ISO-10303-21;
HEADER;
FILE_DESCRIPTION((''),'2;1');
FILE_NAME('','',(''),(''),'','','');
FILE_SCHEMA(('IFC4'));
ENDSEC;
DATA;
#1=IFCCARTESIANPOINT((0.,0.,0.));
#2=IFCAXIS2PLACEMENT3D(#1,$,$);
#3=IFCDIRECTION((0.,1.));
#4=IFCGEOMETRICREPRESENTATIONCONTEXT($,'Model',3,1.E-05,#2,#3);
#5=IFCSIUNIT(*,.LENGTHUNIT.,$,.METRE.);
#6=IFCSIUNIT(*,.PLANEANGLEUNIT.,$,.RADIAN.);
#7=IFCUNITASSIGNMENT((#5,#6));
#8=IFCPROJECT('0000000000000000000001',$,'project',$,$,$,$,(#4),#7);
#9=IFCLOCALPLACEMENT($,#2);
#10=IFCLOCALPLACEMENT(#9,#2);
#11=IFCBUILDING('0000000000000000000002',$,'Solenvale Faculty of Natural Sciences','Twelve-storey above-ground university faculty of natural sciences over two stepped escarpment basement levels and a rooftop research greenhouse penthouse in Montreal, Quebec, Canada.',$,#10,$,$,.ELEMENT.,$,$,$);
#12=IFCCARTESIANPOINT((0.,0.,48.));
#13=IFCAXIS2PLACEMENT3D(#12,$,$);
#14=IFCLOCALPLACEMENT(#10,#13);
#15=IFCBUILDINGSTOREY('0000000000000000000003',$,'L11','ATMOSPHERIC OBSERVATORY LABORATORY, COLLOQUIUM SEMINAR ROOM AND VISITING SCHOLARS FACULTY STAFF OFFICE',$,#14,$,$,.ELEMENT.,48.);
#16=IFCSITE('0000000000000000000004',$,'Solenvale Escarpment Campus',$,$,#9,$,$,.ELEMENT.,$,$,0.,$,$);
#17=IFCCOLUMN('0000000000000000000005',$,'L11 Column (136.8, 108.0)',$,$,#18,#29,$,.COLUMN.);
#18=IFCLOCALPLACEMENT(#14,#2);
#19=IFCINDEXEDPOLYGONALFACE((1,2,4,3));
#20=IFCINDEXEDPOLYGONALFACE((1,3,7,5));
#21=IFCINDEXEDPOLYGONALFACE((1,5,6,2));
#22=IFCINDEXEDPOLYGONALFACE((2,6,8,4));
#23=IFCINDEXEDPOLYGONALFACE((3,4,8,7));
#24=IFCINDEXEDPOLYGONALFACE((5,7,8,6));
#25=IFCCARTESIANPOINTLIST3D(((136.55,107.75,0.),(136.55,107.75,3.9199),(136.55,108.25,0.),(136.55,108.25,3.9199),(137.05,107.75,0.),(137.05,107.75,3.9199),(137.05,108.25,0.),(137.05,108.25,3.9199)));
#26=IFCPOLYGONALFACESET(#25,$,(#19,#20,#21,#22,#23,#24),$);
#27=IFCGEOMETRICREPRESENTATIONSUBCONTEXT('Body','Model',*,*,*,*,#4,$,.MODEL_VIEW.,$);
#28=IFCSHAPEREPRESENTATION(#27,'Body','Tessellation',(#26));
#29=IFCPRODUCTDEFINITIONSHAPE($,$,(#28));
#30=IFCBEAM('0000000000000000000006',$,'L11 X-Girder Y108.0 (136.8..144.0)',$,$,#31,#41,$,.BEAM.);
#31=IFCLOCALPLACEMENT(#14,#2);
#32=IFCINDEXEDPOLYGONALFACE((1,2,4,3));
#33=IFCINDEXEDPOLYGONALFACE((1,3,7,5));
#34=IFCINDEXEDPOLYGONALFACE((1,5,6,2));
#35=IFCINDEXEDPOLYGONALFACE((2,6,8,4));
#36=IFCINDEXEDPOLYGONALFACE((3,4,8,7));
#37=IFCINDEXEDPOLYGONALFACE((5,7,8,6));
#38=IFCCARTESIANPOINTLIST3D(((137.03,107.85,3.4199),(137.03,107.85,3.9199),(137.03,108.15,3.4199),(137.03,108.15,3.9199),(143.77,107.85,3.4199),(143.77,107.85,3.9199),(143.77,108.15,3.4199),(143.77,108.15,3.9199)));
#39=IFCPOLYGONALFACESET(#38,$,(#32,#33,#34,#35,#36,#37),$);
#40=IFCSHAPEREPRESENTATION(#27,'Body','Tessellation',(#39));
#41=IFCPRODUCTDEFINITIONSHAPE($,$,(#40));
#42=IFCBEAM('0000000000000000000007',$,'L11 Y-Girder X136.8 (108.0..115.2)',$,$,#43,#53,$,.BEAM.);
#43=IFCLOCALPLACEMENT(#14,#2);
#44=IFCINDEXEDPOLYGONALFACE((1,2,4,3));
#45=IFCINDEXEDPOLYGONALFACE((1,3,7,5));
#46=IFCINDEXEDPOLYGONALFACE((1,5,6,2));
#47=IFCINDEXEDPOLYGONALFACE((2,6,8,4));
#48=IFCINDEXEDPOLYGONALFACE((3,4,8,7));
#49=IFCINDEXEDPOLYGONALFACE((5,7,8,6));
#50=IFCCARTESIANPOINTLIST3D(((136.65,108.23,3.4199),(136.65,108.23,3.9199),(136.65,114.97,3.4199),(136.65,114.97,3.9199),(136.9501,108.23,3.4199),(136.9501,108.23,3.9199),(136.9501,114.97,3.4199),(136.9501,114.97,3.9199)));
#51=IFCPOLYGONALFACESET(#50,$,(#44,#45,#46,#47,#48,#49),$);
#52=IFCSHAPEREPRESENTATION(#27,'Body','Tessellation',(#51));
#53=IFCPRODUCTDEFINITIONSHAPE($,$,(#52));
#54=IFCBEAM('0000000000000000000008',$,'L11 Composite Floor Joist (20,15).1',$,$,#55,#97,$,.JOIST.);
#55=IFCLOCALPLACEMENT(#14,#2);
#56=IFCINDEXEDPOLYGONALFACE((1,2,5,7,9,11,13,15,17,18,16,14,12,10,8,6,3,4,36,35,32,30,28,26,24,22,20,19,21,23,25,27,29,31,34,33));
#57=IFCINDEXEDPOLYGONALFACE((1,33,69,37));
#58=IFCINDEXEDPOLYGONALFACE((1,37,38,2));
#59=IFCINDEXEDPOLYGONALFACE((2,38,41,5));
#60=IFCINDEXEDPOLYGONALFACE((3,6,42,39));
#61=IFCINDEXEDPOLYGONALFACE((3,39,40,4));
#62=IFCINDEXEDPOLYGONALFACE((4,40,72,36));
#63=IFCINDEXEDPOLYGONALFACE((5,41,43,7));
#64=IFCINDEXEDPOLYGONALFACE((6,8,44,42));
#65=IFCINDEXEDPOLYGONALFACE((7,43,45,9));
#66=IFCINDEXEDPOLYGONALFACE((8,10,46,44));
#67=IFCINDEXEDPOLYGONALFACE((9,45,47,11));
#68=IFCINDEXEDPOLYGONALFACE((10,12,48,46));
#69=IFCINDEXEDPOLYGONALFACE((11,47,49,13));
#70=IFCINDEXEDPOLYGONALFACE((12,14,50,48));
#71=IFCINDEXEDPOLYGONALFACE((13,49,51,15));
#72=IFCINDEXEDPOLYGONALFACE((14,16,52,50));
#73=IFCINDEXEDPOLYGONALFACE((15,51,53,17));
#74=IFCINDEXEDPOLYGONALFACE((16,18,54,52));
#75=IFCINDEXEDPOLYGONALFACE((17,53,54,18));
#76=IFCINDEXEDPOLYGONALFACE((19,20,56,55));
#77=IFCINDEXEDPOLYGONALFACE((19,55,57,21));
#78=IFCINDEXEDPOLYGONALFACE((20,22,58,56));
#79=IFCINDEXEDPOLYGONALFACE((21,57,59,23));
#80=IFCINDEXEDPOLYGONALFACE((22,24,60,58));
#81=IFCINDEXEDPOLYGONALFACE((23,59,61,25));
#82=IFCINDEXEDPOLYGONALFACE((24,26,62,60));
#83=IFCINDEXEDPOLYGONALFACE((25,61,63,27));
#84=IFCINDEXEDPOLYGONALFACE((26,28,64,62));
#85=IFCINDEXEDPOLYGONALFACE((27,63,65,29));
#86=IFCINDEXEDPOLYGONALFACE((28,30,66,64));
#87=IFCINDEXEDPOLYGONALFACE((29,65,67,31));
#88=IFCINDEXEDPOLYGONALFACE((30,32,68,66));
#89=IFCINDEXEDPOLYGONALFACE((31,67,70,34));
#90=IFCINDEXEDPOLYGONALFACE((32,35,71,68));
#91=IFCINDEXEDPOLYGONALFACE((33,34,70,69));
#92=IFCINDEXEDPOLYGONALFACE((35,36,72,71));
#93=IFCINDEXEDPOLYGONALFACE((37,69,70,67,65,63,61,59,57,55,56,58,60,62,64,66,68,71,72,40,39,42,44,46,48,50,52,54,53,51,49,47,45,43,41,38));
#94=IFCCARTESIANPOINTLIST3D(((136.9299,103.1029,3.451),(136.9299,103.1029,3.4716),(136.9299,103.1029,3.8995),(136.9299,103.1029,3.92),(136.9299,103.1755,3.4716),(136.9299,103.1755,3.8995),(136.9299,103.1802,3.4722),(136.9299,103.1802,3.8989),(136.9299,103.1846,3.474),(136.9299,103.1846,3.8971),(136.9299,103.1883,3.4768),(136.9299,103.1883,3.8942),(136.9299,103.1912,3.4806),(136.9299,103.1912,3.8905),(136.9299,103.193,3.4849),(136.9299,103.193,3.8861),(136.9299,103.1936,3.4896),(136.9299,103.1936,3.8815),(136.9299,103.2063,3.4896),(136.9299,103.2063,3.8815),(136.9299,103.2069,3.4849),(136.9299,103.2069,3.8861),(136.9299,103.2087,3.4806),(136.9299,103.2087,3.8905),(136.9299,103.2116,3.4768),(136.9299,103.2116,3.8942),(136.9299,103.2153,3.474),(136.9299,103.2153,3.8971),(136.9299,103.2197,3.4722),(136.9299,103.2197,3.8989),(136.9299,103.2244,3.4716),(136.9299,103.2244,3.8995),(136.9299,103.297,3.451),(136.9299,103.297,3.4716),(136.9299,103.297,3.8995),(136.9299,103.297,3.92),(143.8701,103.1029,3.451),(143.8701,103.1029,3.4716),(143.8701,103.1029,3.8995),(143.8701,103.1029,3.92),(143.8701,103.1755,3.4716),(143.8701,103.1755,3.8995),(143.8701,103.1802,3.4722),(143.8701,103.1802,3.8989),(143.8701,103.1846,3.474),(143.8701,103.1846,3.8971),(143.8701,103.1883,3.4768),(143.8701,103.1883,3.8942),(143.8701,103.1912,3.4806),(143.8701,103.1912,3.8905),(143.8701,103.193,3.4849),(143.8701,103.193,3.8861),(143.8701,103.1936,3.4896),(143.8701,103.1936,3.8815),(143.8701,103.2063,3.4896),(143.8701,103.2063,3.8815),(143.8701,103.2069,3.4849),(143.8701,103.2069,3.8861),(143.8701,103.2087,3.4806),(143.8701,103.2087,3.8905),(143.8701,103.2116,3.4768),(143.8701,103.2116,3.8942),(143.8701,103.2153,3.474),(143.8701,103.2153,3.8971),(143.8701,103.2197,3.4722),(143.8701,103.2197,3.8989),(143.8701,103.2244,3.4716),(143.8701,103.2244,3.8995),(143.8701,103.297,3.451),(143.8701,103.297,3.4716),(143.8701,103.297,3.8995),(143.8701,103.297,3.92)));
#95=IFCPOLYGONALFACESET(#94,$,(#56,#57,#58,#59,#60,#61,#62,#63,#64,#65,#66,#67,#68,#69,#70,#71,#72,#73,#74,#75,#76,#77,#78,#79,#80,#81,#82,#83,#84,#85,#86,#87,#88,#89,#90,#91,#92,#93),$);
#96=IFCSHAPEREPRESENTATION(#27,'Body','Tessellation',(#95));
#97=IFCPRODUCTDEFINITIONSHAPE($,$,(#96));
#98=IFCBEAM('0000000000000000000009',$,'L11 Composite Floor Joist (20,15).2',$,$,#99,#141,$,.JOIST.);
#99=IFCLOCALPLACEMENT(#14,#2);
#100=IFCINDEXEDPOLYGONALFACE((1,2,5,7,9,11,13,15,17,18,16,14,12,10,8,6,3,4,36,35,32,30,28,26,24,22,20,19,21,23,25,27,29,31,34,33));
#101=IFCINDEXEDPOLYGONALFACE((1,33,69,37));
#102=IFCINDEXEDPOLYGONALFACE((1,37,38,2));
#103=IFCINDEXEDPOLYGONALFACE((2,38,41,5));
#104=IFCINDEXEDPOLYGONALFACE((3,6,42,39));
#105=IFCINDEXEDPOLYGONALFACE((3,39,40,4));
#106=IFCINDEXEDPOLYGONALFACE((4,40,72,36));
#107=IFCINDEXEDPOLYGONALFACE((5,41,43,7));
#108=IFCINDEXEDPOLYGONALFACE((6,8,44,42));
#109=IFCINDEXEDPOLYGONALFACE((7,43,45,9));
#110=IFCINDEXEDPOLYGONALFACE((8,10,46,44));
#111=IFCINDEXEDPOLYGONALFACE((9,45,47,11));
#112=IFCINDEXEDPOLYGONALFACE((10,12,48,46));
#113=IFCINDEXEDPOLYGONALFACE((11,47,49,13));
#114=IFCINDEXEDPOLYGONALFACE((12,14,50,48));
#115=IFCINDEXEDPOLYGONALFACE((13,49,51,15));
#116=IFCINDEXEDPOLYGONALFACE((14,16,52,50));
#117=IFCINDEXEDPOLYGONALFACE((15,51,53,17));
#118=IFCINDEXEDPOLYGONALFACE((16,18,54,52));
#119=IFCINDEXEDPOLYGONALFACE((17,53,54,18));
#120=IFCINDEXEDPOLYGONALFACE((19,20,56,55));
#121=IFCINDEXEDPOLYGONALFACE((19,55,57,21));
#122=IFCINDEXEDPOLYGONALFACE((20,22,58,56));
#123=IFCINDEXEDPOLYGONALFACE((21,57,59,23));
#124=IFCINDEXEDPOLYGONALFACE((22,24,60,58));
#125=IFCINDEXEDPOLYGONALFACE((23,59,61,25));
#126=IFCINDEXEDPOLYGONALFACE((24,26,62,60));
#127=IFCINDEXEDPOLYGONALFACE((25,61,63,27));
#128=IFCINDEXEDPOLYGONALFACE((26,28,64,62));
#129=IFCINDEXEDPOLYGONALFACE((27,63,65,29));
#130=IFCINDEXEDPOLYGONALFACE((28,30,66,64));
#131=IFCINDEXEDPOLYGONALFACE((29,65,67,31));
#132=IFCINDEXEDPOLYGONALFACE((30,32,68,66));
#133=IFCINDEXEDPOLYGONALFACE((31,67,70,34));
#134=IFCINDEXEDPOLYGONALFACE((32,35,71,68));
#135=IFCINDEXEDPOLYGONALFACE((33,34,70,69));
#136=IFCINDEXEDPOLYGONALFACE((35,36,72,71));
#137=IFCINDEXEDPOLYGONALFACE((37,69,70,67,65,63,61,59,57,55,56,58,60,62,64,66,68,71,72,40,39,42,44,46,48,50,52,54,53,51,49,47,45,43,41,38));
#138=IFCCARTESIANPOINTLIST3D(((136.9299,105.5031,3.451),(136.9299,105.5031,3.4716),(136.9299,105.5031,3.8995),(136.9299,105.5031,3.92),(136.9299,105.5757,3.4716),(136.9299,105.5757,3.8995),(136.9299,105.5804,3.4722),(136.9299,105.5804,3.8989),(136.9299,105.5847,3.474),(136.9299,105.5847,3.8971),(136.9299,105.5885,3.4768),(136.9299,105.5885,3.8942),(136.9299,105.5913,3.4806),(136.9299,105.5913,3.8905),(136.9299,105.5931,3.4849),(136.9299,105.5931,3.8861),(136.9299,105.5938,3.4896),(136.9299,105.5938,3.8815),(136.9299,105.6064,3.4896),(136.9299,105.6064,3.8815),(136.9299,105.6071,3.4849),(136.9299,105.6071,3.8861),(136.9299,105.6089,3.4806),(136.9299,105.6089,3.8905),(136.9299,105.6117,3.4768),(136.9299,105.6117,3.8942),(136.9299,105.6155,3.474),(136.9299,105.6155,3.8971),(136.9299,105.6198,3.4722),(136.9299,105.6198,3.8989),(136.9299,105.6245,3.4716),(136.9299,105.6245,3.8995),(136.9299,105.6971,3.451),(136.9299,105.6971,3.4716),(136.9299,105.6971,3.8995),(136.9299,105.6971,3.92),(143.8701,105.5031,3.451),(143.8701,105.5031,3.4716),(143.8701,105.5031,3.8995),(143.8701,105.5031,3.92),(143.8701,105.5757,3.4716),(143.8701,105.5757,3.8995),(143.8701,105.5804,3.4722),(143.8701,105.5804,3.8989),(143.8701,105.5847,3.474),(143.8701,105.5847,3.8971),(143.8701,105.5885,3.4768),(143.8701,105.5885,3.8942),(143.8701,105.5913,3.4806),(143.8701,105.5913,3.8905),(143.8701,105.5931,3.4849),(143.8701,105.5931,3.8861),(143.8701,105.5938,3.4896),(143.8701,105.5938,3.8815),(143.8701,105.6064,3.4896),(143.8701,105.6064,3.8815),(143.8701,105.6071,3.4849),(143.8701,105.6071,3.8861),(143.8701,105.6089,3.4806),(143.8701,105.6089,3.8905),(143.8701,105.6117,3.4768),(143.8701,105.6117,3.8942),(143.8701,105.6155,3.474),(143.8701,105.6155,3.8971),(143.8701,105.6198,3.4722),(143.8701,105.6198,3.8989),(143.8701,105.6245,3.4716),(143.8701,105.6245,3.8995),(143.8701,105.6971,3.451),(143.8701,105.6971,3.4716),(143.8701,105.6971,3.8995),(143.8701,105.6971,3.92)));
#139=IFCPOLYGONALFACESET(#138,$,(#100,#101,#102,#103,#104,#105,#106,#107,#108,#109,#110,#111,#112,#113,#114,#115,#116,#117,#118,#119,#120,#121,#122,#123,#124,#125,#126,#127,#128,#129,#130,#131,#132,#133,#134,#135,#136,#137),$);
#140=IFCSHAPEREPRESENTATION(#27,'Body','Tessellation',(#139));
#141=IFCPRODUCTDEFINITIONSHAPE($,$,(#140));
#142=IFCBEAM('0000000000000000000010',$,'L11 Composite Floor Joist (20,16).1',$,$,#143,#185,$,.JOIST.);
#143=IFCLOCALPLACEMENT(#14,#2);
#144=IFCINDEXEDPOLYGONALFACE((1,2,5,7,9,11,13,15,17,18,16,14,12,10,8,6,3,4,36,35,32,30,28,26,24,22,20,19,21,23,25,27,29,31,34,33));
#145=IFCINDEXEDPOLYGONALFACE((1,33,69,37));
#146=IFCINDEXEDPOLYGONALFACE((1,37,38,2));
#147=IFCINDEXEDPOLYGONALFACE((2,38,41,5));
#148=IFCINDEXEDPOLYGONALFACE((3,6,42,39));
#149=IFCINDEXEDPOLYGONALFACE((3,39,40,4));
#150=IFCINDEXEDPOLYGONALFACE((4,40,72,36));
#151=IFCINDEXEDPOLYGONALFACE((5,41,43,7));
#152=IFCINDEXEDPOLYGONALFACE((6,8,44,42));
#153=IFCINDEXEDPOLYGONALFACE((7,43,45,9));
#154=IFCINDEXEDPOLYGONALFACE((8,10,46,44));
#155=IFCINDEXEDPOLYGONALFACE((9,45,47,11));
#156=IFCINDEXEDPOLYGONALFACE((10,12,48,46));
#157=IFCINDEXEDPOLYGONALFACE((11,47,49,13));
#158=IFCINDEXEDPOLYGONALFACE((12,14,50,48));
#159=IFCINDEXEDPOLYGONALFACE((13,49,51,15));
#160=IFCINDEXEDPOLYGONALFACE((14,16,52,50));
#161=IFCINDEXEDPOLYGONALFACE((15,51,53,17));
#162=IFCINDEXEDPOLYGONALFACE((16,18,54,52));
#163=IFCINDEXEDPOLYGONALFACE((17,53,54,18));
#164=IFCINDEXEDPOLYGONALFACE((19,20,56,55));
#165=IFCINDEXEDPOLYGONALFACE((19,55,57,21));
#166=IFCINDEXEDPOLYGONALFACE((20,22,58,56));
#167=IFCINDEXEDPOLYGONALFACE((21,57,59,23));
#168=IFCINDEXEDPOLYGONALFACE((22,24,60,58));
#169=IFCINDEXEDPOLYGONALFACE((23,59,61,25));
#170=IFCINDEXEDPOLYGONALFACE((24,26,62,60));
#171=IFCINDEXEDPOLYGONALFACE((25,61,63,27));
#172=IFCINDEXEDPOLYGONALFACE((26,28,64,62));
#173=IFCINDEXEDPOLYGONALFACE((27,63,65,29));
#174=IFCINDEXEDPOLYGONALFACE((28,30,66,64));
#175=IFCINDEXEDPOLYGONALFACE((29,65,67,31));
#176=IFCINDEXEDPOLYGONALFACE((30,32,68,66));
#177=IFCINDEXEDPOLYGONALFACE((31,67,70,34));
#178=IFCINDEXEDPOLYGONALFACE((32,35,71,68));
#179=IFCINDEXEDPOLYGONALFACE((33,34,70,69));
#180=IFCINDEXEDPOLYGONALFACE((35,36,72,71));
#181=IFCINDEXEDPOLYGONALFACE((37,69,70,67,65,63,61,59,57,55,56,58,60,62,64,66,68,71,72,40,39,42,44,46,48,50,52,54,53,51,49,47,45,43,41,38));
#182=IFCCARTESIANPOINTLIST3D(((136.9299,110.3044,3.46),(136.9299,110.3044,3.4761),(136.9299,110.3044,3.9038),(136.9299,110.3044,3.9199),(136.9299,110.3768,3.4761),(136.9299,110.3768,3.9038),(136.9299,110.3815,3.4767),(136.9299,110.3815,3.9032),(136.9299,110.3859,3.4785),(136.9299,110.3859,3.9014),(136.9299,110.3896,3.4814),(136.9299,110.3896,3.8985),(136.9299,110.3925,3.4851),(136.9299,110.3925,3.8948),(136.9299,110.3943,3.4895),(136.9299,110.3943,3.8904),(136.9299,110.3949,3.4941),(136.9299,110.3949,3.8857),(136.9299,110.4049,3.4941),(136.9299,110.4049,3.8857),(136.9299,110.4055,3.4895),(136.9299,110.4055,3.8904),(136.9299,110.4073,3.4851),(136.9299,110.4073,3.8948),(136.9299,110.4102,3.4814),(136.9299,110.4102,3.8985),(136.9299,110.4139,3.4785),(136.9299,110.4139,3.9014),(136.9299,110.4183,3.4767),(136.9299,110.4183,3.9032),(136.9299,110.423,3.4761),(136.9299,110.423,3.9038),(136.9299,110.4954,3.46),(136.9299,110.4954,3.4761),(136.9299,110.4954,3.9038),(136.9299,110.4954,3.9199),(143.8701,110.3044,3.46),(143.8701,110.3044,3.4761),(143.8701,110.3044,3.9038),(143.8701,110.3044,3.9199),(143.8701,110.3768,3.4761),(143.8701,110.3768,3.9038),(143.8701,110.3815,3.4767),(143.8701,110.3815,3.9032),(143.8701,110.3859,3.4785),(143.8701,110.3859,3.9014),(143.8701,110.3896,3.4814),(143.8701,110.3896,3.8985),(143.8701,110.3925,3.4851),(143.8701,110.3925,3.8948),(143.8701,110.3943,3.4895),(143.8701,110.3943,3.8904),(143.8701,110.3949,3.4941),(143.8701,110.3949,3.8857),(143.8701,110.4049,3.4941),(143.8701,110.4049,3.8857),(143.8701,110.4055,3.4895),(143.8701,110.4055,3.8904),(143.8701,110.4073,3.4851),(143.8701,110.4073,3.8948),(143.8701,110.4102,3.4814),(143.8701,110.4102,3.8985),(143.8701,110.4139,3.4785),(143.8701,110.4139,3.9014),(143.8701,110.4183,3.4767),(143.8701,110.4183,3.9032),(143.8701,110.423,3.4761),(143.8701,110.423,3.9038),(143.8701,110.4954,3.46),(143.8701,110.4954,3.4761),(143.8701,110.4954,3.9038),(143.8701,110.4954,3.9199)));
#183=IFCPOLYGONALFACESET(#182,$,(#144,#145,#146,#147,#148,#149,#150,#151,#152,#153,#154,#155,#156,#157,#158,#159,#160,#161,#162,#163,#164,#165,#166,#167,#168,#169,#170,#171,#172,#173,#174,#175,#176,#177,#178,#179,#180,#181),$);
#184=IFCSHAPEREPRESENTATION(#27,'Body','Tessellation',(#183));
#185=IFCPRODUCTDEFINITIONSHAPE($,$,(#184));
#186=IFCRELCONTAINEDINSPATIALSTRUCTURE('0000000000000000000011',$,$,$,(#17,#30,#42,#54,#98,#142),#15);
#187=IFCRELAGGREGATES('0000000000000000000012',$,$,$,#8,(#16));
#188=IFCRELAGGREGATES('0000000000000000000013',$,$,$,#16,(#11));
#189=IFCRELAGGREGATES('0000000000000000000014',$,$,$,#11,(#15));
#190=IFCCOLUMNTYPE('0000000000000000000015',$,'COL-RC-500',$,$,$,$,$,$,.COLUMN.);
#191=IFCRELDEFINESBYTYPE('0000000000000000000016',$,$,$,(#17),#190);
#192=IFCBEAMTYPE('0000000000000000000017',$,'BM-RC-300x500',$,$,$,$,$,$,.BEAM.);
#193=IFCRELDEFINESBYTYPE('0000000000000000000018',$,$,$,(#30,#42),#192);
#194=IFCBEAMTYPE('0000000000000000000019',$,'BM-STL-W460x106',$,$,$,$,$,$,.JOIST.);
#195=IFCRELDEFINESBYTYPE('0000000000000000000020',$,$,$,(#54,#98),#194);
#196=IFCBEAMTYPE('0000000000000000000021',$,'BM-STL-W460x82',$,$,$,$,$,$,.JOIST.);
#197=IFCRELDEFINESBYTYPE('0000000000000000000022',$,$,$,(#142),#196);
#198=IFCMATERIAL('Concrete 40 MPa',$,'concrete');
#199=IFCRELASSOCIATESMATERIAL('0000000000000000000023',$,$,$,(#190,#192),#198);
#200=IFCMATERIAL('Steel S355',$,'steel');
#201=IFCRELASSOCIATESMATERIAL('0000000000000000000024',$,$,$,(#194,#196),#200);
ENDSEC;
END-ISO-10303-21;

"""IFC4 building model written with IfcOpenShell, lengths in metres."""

from ifc_helpers import new_model, si_unit, direction, frame, origin, origin_2d, place, context, subcontext, project, spatial, rectangle, i_section, extrude, material, material_profile, profile_set, type_object, element, save


model = new_model("IFC4")

# Units and contexts
model_context = context("Model", 3, precision=1e-05, world=origin(), true_north=direction((0.0, 1.0)))
body_context = subcontext(model_context, "Body", "Model", "MODEL_VIEW")
ifc_project = project(units=[si_unit("LENGTHUNIT", "METRE"), si_unit("PLANEANGLEUNIT", "RADIAN")], contexts=[model_context])

# Site, building, storey
site_placement = place(None, origin())
site = spatial("IfcSite", under=ifc_project, at=site_placement, Name="Solenvale Escarpment Campus", CompositionType="ELEMENT", RefElevation=0.0)
building_placement = place(site_placement, origin())
building = spatial("IfcBuilding", under=site, at=building_placement, Name="Solenvale Faculty of Natural Sciences", Description="Twelve-storey above-ground university faculty of natural sciences over two stepped escarpment basement levels and a rooftop research greenhouse penthouse in Montreal, Quebec, Canada.", CompositionType="ELEMENT")
storey_placement = place(building_placement, frame((0.0, 0.0, 48.0)))
storey = spatial("IfcBuildingStorey", under=building, at=storey_placement, Name="L11", Description="ATMOSPHERIC OBSERVATORY LABORATORY, COLLOQUIUM SEMINAR ROOM AND VISITING SCHOLARS FACULTY STAFF OFFICE", CompositionType="ELEMENT", Elevation=48.0)

# Column
ifc_material_1 = material(Name="Concrete 40 MPa", Category="concrete")
ifc_material_profile_1 = material_profile(ifc_material_1, rectangle(XDim=0.5, YDim=0.5, at=origin_2d()), Name="RC-COL-500x500")
ifc_profile_set_1 = profile_set([ifc_material_profile_1], Name="Concrete 40 MPa")
column_type = type_object("IfcColumnType", Name="COL-RC-500", PredefinedType="COLUMN", material=ifc_profile_set_1)
column_placement = place(storey_placement, frame((136.8, 108.0, 0.0), z_axis=(0.0, 0.0, 1.0), x_axis=(1.0, 0.0, 0.0)))
element("IfcColumn", 1, at=column_placement, inside=storey, type_object=column_type, Name="L11 Column (136.8, 108.0)", PredefinedType="COLUMN", context=body_context, shape_type="SweptSolid", body=[
    extrude(rectangle(XDim=0.5, YDim=0.5, at=origin_2d()), origin(), (0.0, 0.0, 1.0), 3.9199),
])

# Beams
ifc_material_profile_2 = material_profile(ifc_material_1, rectangle(XDim=0.3, YDim=0.5, at=origin_2d()), Name="RC-BM-300x500")
ifc_profile_set_2 = profile_set([ifc_material_profile_2], Name="Concrete 40 MPa")
beam_type_1 = type_object("IfcBeamType", Name="BM-RC-300x500", PredefinedType="BEAM", material=ifc_profile_set_2)
for number, where, z_axis, x_axis, name in (
    (2, (137.03, 108.0, 3.6699), (1.0, 0.0, 0.0), (0.0, 1.0, 0.0), "L11 X-Girder Y108.0 (136.8..144.0)"),
    (3, (136.8, 108.23, 3.6699), (0.0, 1.0, 0.0), (-1.0, 0.0, 0.0), "L11 Y-Girder X136.8 (108.0..115.2)"),
):
    element("IfcBeam", number, at=place(storey_placement, frame(where, z_axis=z_axis, x_axis=x_axis)), inside=storey, type_object=beam_type_1, Name=name, PredefinedType="BEAM", context=body_context, shape_type="SweptSolid", body=[
        extrude(rectangle(XDim=0.3, YDim=0.5, at=origin_2d()), origin(), (0.0, 0.0, 1.0), 6.74),
    ])
ifc_material_2 = material(Name="Steel S355", Category="steel")
ifc_material_profile_3 = material_profile(ifc_material_2, i_section(OverallWidth=0.1941, OverallDepth=0.469, WebThickness=0.0127, FlangeThickness=0.0205, FilletRadius=0.0181, at=origin_2d()), Name="W460x106")
ifc_profile_set_3 = profile_set([ifc_material_profile_3], Name="Steel S355")
beam_type_2 = type_object("IfcBeamType", Name="BM-STL-W460x106", PredefinedType="JOIST", material=ifc_profile_set_3)
for number, where, z_axis, x_axis, name in (
    (4, (136.9299, 103.2, 3.6855), (1.0, 0.0, 0.0), (0.0, 1.0, 0.0), "L11 Composite Floor Joist (20,15).1"),
    (5, (136.9299, 105.6001, 3.6855), (1.0, 0.0, 0.0), (0.0, 1.0, 0.0), "L11 Composite Floor Joist (20,15).2"),
):
    element("IfcBeam", number, at=place(storey_placement, frame(where, z_axis=z_axis, x_axis=x_axis)), inside=storey, type_object=beam_type_2, Name=name, PredefinedType="JOIST", context=body_context, shape_type="SweptSolid", body=[
        extrude(i_section(OverallWidth=0.1941, OverallDepth=0.469, WebThickness=0.0127, FlangeThickness=0.0205, FilletRadius=0.0181, at=origin_2d()), origin(), (0.0, 0.0, 1.0), 6.9402),
    ])
ifc_material_profile_4 = material_profile(ifc_material_2, i_section(OverallWidth=0.1909, OverallDepth=0.46, WebThickness=0.01, FlangeThickness=0.0161, FilletRadius=0.0181, at=origin_2d()), Name="W460x82")
ifc_profile_set_4 = profile_set([ifc_material_profile_4], Name="Steel S355")
beam_type_3 = type_object("IfcBeamType", Name="BM-STL-W460x82", PredefinedType="JOIST", material=ifc_profile_set_4)
for number, where, z_axis, x_axis, name in (
    (6, (136.9299, 110.3999, 3.6899), (1.0, 0.0, 0.0), (0.0, 1.0, 0.0), "L11 Composite Floor Joist (20,16).1"),
):
    element("IfcBeam", number, at=place(storey_placement, frame(where, z_axis=z_axis, x_axis=x_axis)), inside=storey, type_object=beam_type_3, Name=name, PredefinedType="JOIST", context=body_context, shape_type="SweptSolid", body=[
        extrude(i_section(OverallWidth=0.1909, OverallDepth=0.46, WebThickness=0.01, FlangeThickness=0.0161, FilletRadius=0.0181, at=origin_2d()), origin(), (0.0, 0.0, 1.0), 6.9402),
    ])

save(model, "model.ifc")
